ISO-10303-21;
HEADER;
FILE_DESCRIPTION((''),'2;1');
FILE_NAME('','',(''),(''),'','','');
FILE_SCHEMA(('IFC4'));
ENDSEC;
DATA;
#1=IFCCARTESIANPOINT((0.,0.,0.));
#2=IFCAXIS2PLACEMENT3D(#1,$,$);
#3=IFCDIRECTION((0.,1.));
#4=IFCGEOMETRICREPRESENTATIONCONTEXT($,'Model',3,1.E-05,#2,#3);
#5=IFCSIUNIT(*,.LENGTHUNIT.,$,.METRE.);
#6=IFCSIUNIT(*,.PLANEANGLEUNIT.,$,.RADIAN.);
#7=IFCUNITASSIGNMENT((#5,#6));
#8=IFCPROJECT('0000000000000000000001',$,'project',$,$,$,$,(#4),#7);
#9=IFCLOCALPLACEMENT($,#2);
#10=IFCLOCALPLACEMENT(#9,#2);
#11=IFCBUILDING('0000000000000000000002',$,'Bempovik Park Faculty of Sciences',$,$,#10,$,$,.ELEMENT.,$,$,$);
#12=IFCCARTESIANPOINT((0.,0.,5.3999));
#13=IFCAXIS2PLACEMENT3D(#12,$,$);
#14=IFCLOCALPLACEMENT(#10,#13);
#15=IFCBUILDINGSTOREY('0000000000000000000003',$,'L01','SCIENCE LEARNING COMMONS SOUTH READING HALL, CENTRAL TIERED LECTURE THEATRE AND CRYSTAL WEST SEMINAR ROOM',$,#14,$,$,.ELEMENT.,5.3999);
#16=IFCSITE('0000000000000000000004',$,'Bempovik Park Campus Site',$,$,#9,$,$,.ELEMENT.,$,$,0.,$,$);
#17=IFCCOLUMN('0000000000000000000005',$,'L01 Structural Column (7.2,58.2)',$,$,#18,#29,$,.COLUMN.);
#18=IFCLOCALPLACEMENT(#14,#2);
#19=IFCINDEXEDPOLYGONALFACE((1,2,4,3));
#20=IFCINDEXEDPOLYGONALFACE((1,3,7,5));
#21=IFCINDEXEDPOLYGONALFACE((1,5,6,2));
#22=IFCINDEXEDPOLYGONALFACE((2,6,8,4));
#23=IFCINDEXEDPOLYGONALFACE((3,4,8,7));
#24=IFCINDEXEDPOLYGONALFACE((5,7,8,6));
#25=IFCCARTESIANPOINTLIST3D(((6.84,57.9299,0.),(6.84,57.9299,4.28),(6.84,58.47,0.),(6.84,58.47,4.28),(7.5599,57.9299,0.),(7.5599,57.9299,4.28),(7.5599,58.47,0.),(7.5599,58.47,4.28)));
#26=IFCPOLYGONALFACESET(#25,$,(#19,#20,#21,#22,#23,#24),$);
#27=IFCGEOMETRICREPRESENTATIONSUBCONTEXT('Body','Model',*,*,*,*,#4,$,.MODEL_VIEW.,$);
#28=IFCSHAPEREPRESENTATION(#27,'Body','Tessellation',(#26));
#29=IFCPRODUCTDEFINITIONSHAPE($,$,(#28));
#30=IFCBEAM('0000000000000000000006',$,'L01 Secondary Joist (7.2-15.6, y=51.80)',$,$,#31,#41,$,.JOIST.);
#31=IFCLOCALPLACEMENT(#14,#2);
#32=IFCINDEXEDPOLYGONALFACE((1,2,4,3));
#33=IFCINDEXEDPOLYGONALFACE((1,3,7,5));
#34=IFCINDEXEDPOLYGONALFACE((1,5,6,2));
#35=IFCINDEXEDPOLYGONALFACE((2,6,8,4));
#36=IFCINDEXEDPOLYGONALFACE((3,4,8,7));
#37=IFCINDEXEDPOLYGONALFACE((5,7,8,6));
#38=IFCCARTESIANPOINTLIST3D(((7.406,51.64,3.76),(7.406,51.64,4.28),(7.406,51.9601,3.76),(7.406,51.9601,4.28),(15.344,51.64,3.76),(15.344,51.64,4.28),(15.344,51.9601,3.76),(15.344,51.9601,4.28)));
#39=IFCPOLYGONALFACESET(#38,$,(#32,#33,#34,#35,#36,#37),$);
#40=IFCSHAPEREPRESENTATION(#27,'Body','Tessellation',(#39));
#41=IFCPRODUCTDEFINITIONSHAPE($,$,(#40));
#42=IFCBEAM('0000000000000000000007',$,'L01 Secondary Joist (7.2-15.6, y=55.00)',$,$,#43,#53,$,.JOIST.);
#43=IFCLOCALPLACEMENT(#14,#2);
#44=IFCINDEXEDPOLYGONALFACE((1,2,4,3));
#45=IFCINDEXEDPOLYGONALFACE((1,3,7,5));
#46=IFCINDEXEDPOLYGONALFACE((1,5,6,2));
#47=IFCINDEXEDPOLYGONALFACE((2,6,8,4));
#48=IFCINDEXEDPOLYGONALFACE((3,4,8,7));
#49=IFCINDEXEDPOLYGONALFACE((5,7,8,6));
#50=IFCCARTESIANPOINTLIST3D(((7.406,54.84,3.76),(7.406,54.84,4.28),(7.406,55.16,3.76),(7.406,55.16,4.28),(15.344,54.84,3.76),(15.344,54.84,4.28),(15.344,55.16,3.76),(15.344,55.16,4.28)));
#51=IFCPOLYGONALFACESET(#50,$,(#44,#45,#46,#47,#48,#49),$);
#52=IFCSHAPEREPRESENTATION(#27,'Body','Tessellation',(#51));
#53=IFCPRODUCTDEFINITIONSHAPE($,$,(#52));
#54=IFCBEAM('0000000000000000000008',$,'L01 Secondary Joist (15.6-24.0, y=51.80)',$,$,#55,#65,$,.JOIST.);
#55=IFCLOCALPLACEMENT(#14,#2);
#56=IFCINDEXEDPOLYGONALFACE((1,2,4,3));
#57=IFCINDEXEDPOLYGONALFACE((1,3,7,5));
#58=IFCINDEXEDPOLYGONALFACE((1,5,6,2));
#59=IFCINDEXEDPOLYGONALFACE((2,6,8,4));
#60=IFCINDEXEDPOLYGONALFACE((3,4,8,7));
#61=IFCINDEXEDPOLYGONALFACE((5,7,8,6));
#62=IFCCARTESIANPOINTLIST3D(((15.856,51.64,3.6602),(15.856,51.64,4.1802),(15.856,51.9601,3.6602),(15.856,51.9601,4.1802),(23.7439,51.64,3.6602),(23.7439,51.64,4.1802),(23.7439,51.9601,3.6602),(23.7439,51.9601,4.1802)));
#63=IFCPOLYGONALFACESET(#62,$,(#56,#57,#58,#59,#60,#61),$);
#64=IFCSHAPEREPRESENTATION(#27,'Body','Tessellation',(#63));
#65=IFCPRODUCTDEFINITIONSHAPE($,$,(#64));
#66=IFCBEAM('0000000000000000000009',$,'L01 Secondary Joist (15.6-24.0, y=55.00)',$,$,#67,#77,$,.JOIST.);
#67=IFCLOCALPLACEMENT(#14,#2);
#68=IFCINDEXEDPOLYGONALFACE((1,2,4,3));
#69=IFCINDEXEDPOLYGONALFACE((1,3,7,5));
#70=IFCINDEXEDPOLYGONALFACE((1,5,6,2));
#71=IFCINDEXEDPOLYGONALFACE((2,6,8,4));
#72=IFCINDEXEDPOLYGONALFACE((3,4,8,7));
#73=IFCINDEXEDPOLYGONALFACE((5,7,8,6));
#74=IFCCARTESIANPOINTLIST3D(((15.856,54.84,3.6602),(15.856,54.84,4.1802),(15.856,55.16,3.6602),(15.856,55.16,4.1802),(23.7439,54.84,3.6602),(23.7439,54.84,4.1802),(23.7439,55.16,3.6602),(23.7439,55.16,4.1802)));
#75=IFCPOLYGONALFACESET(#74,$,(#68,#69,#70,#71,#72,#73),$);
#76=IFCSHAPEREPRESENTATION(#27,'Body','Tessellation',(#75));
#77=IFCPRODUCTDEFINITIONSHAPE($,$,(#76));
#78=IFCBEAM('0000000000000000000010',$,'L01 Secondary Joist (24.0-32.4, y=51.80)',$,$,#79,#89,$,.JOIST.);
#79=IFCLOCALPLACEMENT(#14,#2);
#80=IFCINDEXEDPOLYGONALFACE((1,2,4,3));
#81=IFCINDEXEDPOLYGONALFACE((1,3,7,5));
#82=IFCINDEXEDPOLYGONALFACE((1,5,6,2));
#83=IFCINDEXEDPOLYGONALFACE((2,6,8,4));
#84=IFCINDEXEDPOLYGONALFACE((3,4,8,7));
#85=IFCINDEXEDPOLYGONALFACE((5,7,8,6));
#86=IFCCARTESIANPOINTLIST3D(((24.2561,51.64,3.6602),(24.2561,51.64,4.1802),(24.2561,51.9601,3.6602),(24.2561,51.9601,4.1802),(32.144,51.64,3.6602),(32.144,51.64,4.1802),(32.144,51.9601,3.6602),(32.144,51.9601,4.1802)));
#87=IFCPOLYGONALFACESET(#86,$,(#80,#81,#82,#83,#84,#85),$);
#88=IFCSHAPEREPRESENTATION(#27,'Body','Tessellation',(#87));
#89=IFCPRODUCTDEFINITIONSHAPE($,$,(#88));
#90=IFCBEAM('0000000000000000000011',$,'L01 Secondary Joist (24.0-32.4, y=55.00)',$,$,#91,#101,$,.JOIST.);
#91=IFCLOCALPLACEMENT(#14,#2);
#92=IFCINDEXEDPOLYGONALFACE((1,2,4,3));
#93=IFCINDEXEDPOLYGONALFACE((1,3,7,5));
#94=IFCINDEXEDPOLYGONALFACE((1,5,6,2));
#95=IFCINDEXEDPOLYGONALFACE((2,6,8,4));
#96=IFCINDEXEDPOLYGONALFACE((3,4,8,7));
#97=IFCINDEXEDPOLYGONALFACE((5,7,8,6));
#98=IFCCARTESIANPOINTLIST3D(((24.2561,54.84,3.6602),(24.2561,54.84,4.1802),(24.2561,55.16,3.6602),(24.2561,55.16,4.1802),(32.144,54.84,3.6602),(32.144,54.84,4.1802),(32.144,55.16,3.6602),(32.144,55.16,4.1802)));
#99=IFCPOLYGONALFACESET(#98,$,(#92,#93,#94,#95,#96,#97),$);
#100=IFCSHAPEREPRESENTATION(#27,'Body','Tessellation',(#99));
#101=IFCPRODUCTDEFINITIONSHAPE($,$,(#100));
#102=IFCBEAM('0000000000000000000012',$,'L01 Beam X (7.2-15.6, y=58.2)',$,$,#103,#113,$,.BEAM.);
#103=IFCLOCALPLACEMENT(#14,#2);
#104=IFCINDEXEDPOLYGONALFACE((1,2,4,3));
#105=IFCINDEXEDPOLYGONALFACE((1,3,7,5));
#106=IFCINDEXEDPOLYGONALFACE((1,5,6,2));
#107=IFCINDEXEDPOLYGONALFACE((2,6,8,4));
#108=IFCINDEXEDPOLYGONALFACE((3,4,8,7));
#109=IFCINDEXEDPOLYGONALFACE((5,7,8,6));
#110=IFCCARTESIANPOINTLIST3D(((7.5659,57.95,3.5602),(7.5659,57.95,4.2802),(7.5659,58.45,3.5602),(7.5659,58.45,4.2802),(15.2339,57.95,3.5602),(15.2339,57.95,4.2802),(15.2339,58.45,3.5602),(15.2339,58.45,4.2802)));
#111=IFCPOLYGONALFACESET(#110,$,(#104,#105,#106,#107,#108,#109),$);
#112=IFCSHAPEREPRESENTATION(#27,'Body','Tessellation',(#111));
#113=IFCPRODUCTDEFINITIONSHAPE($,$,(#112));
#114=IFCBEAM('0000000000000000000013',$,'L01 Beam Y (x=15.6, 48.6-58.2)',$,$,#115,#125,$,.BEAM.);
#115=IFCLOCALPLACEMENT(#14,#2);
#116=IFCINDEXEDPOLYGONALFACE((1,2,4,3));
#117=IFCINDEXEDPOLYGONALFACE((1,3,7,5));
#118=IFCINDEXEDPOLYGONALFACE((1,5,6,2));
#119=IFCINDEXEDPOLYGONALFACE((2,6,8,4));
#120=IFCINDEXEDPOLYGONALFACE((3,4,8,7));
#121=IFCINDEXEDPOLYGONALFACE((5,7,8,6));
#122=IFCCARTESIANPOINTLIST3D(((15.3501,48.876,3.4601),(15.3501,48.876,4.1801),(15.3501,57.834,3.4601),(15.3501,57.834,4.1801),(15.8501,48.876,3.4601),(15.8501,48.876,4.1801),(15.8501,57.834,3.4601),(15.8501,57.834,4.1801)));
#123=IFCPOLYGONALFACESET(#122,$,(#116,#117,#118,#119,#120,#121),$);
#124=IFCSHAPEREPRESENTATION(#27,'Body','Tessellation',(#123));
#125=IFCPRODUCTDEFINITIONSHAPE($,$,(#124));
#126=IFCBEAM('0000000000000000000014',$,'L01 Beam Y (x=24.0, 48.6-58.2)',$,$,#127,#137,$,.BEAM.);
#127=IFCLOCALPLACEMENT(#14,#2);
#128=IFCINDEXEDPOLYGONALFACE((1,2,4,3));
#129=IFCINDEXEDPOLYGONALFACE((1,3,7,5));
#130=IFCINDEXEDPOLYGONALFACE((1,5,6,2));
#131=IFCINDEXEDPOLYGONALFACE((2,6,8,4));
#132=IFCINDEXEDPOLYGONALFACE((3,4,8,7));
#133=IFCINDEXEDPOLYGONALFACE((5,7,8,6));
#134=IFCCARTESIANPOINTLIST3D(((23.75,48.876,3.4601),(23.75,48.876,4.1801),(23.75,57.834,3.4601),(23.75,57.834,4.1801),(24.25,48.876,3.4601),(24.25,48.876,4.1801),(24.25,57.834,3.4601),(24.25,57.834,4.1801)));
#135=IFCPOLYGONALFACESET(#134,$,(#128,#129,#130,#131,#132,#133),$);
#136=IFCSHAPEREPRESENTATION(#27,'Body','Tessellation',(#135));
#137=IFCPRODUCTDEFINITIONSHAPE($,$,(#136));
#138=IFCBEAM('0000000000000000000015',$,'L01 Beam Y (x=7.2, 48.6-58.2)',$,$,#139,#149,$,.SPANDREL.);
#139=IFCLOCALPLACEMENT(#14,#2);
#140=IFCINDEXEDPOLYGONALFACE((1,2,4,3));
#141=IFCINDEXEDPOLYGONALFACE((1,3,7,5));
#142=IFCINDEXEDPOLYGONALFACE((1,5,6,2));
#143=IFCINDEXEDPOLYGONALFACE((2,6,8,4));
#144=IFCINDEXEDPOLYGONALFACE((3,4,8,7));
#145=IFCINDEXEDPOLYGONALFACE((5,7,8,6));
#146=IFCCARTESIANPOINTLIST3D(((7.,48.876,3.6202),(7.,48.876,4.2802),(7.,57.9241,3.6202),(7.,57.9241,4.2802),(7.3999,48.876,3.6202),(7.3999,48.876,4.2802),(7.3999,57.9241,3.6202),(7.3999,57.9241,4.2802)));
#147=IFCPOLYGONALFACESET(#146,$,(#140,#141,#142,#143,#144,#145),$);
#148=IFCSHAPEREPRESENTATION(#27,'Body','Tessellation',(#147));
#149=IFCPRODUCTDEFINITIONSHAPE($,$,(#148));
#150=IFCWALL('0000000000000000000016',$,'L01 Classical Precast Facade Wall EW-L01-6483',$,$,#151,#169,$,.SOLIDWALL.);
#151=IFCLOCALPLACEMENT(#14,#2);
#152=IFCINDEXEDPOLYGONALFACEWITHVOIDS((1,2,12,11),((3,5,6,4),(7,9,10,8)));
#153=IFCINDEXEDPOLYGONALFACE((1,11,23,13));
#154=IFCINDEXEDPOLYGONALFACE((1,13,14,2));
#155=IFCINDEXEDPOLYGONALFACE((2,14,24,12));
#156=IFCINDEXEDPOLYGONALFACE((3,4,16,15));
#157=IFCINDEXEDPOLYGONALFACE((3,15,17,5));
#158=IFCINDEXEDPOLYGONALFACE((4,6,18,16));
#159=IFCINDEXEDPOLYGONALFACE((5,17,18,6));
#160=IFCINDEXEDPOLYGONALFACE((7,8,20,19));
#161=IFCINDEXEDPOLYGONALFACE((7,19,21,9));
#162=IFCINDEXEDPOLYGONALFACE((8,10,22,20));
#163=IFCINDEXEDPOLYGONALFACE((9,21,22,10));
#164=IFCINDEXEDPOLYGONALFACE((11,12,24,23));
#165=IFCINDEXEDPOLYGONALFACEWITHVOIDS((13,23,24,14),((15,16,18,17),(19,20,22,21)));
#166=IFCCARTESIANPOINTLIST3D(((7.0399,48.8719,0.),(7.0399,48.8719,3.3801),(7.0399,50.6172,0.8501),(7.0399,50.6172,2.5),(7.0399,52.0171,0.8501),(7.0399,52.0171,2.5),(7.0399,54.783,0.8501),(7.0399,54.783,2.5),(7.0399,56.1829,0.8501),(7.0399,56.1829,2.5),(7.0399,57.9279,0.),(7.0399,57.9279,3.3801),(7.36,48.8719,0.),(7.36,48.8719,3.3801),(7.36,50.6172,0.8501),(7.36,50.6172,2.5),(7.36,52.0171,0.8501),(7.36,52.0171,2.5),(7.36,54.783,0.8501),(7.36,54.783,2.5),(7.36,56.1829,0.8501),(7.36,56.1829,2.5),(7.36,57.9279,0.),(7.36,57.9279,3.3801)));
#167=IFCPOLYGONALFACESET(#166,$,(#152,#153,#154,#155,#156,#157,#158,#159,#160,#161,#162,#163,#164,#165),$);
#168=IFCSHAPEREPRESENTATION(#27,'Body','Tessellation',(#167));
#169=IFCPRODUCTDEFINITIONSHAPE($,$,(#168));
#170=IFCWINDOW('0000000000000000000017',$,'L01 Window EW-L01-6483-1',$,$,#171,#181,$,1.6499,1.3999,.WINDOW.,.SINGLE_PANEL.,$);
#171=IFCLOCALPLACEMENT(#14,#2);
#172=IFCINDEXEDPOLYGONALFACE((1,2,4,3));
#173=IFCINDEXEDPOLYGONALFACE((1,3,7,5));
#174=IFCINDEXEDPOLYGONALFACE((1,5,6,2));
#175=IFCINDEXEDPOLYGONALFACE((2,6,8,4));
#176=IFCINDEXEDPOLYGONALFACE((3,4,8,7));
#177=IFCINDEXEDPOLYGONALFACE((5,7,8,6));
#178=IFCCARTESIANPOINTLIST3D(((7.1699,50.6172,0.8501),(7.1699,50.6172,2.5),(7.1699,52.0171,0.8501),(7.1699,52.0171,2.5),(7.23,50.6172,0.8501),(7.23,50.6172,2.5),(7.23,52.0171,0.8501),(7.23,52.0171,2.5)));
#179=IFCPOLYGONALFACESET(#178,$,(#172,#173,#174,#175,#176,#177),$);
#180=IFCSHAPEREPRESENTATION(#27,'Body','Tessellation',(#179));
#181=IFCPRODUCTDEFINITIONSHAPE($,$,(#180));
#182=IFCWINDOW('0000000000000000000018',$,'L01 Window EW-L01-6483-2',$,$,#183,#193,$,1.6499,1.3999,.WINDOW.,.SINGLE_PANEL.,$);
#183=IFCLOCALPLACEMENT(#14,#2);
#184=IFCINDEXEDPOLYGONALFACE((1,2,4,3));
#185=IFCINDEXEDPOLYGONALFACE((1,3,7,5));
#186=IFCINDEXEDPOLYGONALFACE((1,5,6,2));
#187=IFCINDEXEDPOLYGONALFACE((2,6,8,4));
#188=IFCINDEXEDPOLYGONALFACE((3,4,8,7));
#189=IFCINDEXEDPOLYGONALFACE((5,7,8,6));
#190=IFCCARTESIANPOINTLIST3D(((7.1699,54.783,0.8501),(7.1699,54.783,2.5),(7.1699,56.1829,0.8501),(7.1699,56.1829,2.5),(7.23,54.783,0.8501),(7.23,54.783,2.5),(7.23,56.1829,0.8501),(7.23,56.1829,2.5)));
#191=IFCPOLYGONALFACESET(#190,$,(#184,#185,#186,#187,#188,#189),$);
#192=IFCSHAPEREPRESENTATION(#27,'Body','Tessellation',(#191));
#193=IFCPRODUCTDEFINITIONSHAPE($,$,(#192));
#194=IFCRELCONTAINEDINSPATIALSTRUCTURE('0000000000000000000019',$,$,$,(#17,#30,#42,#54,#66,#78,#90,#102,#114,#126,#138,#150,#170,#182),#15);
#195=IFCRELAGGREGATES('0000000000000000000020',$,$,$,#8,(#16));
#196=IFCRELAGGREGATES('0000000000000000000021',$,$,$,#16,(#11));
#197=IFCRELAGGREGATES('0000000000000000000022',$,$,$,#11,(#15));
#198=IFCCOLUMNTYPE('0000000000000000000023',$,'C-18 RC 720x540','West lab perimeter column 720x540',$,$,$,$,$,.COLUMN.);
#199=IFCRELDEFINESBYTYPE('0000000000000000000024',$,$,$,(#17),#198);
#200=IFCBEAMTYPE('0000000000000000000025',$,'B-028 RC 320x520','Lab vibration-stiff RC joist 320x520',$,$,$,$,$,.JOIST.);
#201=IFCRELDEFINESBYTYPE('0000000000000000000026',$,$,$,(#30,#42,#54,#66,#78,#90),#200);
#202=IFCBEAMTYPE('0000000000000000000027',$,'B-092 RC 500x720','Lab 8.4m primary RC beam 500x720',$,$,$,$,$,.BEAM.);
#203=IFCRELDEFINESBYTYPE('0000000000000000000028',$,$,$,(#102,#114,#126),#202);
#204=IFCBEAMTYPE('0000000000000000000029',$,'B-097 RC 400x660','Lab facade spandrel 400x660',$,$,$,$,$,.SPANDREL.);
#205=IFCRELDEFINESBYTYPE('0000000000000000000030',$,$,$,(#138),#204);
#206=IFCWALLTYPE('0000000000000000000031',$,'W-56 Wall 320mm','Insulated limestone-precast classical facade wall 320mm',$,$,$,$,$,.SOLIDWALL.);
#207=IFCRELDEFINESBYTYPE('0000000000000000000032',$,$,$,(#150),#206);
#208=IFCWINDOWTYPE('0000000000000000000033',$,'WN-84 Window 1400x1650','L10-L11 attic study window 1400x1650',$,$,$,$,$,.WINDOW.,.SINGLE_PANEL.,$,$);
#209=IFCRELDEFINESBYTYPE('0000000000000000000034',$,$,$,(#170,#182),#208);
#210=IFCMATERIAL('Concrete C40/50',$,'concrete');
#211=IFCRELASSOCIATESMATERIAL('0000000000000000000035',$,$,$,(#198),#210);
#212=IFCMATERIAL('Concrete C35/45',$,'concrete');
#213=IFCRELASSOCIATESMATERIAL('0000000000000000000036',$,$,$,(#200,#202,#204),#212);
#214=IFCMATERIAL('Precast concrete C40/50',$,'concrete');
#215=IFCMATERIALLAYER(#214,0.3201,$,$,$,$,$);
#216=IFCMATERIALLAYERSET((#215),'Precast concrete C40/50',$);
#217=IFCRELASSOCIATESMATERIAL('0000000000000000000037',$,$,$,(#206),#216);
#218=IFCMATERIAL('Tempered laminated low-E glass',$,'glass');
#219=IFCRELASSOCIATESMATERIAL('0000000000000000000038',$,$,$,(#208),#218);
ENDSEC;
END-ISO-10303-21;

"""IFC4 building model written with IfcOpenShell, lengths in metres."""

from ifc_helpers import new_model, si_unit, direction, frame, frame_2d, origin, origin_2d, place, context, subcontext, project, spatial, rectangle, extrude, material, layer, layer_set, material_profile, profile_set, type_object, element, fill, save


model = new_model("IFC4")

# Units and contexts
model_context = context("Model", 3, precision=1e-05, world=origin(), true_north=direction((0.0, 1.0)))
body_context = subcontext(model_context, "Body", "Model", "MODEL_VIEW")
ifc_project = project(units=[si_unit("LENGTHUNIT", "METRE"), si_unit("PLANEANGLEUNIT", "RADIAN")], contexts=[model_context])

# Site, building, storey
site_placement = place(None, origin())
site = spatial("IfcSite", under=ifc_project, at=site_placement, Name="Bempovik Park Campus Site", CompositionType="ELEMENT", RefElevation=0.0)
building_placement = place(site_placement, origin())
building = spatial("IfcBuilding", under=site, at=building_placement, Name="Bempovik Park Faculty of Sciences", CompositionType="ELEMENT")
storey_placement = place(building_placement, frame((0.0, 0.0, 5.3999)))
storey = spatial("IfcBuildingStorey", under=building, at=storey_placement, Name="L01", Description="SCIENCE LEARNING COMMONS SOUTH READING HALL, CENTRAL TIERED LECTURE THEATRE AND CRYSTAL WEST SEMINAR ROOM", CompositionType="ELEMENT", Elevation=5.3999)

# Column
ifc_material_1 = material(Name="Concrete C40/50", Category="concrete")
ifc_material_profile_1 = material_profile(ifc_material_1, rectangle(XDim=0.72, YDim=0.54, at=origin_2d()), Name="RC 720x540")
ifc_profile_set_1 = profile_set([ifc_material_profile_1], Name="Concrete C40/50")
column_type = type_object("IfcColumnType", Name="C-18 RC 720x540", Description="West lab perimeter column 720x540", PredefinedType="COLUMN", material=ifc_profile_set_1)
column_placement = place(storey_placement, frame((7.2, 58.2, 0.0), z_axis=(0.0, 0.0, 1.0), x_axis=(1.0, 0.0, 0.0)))
element("IfcColumn", 1, at=column_placement, inside=storey, type_object=column_type, Name="L01 Structural Column (7.2,58.2)", PredefinedType="COLUMN", context=body_context, shape_type="SweptSolid", body=[
    extrude(rectangle(XDim=0.72, YDim=0.54, at=origin_2d()), origin(), (0.0, 0.0, 1.0), 4.28),
])

# Beams
ifc_material_2 = material(Name="Concrete C35/45", Category="concrete")
ifc_material_profile_2 = material_profile(ifc_material_2, rectangle(XDim=0.3201, YDim=0.52, at=origin_2d()), Name="RC 320x520")
ifc_profile_set_2 = profile_set([ifc_material_profile_2], Name="Concrete C35/45")
beam_type_1 = type_object("IfcBeamType", Name="B-028 RC 320x520", Description="Lab vibration-stiff RC joist 320x520", PredefinedType="JOIST", material=ifc_profile_set_2)
for number, where, z_axis, x_axis, name in (
    (2, (7.406, 51.8, 4.02), (1.0, 0.0, 0.0), (0.0, 1.0, 0.0), "L01 Secondary Joist (7.2-15.6, y=51.80)"),
    (3, (7.406, 55.0, 4.02), (1.0, 0.0, 0.0), (0.0, 1.0, 0.0), "L01 Secondary Joist (7.2-15.6, y=55.00)"),
):
    element("IfcBeam", number, at=place(storey_placement, frame(where, z_axis=z_axis, x_axis=x_axis)), inside=storey, type_object=beam_type_1, Name=name, PredefinedType="JOIST", context=body_context, shape_type="SweptSolid", body=[
        extrude(rectangle(XDim=0.3201, YDim=0.52, at=origin_2d()), origin(), (0.0, 0.0, 1.0), 7.938),
    ])
for number, where, z_axis, x_axis, name in (
    (4, (15.856, 51.8, 3.9202), (1.0, 0.0, 0.0), (0.0, 1.0, 0.0), "L01 Secondary Joist (15.6-24.0, y=51.80)"),
    (5, (15.856, 55.0, 3.9202), (1.0, 0.0, 0.0), (0.0, 1.0, 0.0), "L01 Secondary Joist (15.6-24.0, y=55.00)"),
    (6, (24.2561, 51.8, 3.9202), (1.0, 0.0, 0.0), (0.0, 1.0, 0.0), "L01 Secondary Joist (24.0-32.4, y=51.80)"),
    (7, (24.2561, 55.0, 3.9202), (1.0, 0.0, 0.0), (0.0, 1.0, 0.0), "L01 Secondary Joist (24.0-32.4, y=55.00)"),
):
    element("IfcBeam", number, at=place(storey_placement, frame(where, z_axis=z_axis, x_axis=x_axis)), inside=storey, type_object=beam_type_1, Name=name, PredefinedType="JOIST", context=body_context, shape_type="SweptSolid", body=[
        extrude(rectangle(XDim=0.3201, YDim=0.52, at=origin_2d()), origin(), (0.0, 0.0, 1.0), 7.8879),
    ])
ifc_material_profile_3 = material_profile(ifc_material_2, rectangle(XDim=0.5, YDim=0.72, at=origin_2d()), Name="RC 500x720")
ifc_profile_set_3 = profile_set([ifc_material_profile_3], Name="Concrete C35/45")
beam_type_2 = type_object("IfcBeamType", Name="B-092 RC 500x720", Description="Lab 8.4m primary RC beam 500x720", PredefinedType="BEAM", material=ifc_profile_set_3)
beam_1_placement = place(storey_placement, frame((7.5659, 58.2, 3.9202), z_axis=(1.0, 0.0, 0.0), x_axis=(0.0, 1.0, 0.0)))
element("IfcBeam", 8, at=beam_1_placement, inside=storey, type_object=beam_type_2, Name="L01 Beam X (7.2-15.6, y=58.2)", PredefinedType="BEAM", context=body_context, shape_type="SweptSolid", body=[
    extrude(rectangle(XDim=0.5, YDim=0.72, at=origin_2d()), origin(), (0.0, 0.0, 1.0), 7.668),
])
for number, where, z_axis, x_axis, name in (
    (9, (15.6001, 48.876, 3.8201), (0.0, 1.0, 0.0), (-1.0, 0.0, 0.0), "L01 Beam Y (x=15.6, 48.6-58.2)"),
    (10, (24.0, 48.876, 3.8201), (0.0, 1.0, 0.0), (-1.0, 0.0, 0.0), "L01 Beam Y (x=24.0, 48.6-58.2)"),
):
    element("IfcBeam", number, at=place(storey_placement, frame(where, z_axis=z_axis, x_axis=x_axis)), inside=storey, type_object=beam_type_2, Name=name, PredefinedType="BEAM", context=body_context, shape_type="SweptSolid", body=[
        extrude(rectangle(XDim=0.5, YDim=0.72, at=origin_2d()), origin(), (0.0, 0.0, 1.0), 8.958),
    ])
ifc_material_profile_4 = material_profile(ifc_material_2, rectangle(XDim=0.3999, YDim=0.6599, at=origin_2d()), Name="RC 400x660")
ifc_profile_set_4 = profile_set([ifc_material_profile_4], Name="Concrete C35/45")
beam_type_3 = type_object("IfcBeamType", Name="B-097 RC 400x660", Description="Lab facade spandrel 400x660", PredefinedType="SPANDREL", material=ifc_profile_set_4)
beam_2_placement = place(storey_placement, frame((7.2, 48.876, 3.9502), z_axis=(0.0, 1.0, 0.0), x_axis=(-1.0, 0.0, 0.0)))
element("IfcBeam", 11, at=beam_2_placement, inside=storey, type_object=beam_type_3, Name="L01 Beam Y (x=7.2, 48.6-58.2)", PredefinedType="SPANDREL", context=body_context, shape_type="SweptSolid", body=[
    extrude(rectangle(XDim=0.3999, YDim=0.6599, at=origin_2d()), origin(), (0.0, 0.0, 1.0), 9.0481),
])

# Wall, openings, windows
ifc_material_3 = material(Name="Precast concrete C40/50", Category="concrete")
ifc_layer_1 = layer(ifc_material_3, 0.3201)
ifc_layer_set_1 = layer_set([ifc_layer_1], Name="Precast concrete C40/50")
wall_type_1 = type_object("IfcWallType", Name="W-56 Wall 320mm", Description="Insulated limestone-precast classical facade wall 320mm", PredefinedType="SOLIDWALL", material=ifc_layer_set_1)
wall_1_placement = place(storey_placement, frame((7.2, 48.8721, 0.0), z_axis=(0.0, 0.0, 1.0), x_axis=(0.0, 1.0, 0.0)))
wall_1 = element("IfcWall", 12, at=wall_1_placement, inside=storey, type_object=wall_type_1, Name="L01 Classical Precast Facade Wall EW-L01-6483", PredefinedType="SOLIDWALL", context=body_context, shape_type="SweptSolid", body=[
    extrude(rectangle(XDim=9.0559, YDim=0.3201, at=frame_2d((4.5278, 0.0))), origin(), (0.0, 0.0, 1.0), 3.3801),
])
opening_1_placement = place(wall_1_placement, frame((1.7451, 0.0, 0.8501)))
opening_1 = element("IfcOpeningElement", 13, at=opening_1_placement, cuts=wall_1, PredefinedType="OPENING", context=body_context, shape_type="SweptSolid", body=[
    extrude(rectangle(XDim=1.3999, YDim=1.6499, at=frame_2d((0.7, 0.825))), frame((0.0, 0.1699, 0.0), z_axis=(0.0, -1.0, 0.0), x_axis=(1.0, 0.0, 0.0)), (0.0, 0.0, 1.0), 0.3401),
])
opening_2_placement = place(wall_1_placement, frame((5.9109, 0.0, 0.8501)))
opening_2 = element("IfcOpeningElement", 14, at=opening_2_placement, cuts=wall_1, PredefinedType="OPENING", context=body_context, shape_type="SweptSolid", body=[
    extrude(rectangle(XDim=1.3999, YDim=1.6499, at=frame_2d((0.7, 0.825))), frame((0.0, 0.1699, 0.0), z_axis=(0.0, -1.0, 0.0), x_axis=(1.0, 0.0, 0.0)), (0.0, 0.0, 1.0), 0.3401),
])
ifc_material_4 = material(Name="Tempered laminated low-E glass", Category="glass")
window_type = type_object("IfcWindowType", Name="WN-84 Window 1400x1650", Description="L10-L11 attic study window 1400x1650", PartitioningType="SINGLE_PANEL", PredefinedType="WINDOW", material=ifc_material_4)
window_1_placement = place(opening_1_placement, origin())
window_1 = element("IfcWindow", 15, at=window_1_placement, inside=storey, type_object=window_type, Name="L01 Window EW-L01-6483-1", OverallHeight=1.6499, OverallWidth=1.3999, PartitioningType="SINGLE_PANEL", PredefinedType="WINDOW", context=body_context, shape_type="SweptSolid", body=[
    extrude(rectangle(XDim=1.3999, YDim=1.6499, at=frame_2d((0.7, 0.825))), frame((0.0, 0.03, 0.0), z_axis=(0.0, -1.0, 0.0), x_axis=(1.0, 0.0, 0.0)), (0.0, 0.0, 1.0), 0.0601),
])
fill(opening_1, window_1)
window_2_placement = place(opening_2_placement, origin())
window_2 = element("IfcWindow", 16, at=window_2_placement, inside=storey, type_object=window_type, Name="L01 Window EW-L01-6483-2", OverallHeight=1.6499, OverallWidth=1.3999, PartitioningType="SINGLE_PANEL", PredefinedType="WINDOW", context=body_context, shape_type="SweptSolid", body=[
    extrude(rectangle(XDim=1.3999, YDim=1.6499, at=frame_2d((0.7, 0.825))), frame((0.0, 0.03, 0.0), z_axis=(0.0, -1.0, 0.0), x_axis=(1.0, 0.0, 0.0)), (0.0, 0.0, 1.0), 0.0601),
])
fill(opening_2, window_2)

save(model, "model.ifc")
